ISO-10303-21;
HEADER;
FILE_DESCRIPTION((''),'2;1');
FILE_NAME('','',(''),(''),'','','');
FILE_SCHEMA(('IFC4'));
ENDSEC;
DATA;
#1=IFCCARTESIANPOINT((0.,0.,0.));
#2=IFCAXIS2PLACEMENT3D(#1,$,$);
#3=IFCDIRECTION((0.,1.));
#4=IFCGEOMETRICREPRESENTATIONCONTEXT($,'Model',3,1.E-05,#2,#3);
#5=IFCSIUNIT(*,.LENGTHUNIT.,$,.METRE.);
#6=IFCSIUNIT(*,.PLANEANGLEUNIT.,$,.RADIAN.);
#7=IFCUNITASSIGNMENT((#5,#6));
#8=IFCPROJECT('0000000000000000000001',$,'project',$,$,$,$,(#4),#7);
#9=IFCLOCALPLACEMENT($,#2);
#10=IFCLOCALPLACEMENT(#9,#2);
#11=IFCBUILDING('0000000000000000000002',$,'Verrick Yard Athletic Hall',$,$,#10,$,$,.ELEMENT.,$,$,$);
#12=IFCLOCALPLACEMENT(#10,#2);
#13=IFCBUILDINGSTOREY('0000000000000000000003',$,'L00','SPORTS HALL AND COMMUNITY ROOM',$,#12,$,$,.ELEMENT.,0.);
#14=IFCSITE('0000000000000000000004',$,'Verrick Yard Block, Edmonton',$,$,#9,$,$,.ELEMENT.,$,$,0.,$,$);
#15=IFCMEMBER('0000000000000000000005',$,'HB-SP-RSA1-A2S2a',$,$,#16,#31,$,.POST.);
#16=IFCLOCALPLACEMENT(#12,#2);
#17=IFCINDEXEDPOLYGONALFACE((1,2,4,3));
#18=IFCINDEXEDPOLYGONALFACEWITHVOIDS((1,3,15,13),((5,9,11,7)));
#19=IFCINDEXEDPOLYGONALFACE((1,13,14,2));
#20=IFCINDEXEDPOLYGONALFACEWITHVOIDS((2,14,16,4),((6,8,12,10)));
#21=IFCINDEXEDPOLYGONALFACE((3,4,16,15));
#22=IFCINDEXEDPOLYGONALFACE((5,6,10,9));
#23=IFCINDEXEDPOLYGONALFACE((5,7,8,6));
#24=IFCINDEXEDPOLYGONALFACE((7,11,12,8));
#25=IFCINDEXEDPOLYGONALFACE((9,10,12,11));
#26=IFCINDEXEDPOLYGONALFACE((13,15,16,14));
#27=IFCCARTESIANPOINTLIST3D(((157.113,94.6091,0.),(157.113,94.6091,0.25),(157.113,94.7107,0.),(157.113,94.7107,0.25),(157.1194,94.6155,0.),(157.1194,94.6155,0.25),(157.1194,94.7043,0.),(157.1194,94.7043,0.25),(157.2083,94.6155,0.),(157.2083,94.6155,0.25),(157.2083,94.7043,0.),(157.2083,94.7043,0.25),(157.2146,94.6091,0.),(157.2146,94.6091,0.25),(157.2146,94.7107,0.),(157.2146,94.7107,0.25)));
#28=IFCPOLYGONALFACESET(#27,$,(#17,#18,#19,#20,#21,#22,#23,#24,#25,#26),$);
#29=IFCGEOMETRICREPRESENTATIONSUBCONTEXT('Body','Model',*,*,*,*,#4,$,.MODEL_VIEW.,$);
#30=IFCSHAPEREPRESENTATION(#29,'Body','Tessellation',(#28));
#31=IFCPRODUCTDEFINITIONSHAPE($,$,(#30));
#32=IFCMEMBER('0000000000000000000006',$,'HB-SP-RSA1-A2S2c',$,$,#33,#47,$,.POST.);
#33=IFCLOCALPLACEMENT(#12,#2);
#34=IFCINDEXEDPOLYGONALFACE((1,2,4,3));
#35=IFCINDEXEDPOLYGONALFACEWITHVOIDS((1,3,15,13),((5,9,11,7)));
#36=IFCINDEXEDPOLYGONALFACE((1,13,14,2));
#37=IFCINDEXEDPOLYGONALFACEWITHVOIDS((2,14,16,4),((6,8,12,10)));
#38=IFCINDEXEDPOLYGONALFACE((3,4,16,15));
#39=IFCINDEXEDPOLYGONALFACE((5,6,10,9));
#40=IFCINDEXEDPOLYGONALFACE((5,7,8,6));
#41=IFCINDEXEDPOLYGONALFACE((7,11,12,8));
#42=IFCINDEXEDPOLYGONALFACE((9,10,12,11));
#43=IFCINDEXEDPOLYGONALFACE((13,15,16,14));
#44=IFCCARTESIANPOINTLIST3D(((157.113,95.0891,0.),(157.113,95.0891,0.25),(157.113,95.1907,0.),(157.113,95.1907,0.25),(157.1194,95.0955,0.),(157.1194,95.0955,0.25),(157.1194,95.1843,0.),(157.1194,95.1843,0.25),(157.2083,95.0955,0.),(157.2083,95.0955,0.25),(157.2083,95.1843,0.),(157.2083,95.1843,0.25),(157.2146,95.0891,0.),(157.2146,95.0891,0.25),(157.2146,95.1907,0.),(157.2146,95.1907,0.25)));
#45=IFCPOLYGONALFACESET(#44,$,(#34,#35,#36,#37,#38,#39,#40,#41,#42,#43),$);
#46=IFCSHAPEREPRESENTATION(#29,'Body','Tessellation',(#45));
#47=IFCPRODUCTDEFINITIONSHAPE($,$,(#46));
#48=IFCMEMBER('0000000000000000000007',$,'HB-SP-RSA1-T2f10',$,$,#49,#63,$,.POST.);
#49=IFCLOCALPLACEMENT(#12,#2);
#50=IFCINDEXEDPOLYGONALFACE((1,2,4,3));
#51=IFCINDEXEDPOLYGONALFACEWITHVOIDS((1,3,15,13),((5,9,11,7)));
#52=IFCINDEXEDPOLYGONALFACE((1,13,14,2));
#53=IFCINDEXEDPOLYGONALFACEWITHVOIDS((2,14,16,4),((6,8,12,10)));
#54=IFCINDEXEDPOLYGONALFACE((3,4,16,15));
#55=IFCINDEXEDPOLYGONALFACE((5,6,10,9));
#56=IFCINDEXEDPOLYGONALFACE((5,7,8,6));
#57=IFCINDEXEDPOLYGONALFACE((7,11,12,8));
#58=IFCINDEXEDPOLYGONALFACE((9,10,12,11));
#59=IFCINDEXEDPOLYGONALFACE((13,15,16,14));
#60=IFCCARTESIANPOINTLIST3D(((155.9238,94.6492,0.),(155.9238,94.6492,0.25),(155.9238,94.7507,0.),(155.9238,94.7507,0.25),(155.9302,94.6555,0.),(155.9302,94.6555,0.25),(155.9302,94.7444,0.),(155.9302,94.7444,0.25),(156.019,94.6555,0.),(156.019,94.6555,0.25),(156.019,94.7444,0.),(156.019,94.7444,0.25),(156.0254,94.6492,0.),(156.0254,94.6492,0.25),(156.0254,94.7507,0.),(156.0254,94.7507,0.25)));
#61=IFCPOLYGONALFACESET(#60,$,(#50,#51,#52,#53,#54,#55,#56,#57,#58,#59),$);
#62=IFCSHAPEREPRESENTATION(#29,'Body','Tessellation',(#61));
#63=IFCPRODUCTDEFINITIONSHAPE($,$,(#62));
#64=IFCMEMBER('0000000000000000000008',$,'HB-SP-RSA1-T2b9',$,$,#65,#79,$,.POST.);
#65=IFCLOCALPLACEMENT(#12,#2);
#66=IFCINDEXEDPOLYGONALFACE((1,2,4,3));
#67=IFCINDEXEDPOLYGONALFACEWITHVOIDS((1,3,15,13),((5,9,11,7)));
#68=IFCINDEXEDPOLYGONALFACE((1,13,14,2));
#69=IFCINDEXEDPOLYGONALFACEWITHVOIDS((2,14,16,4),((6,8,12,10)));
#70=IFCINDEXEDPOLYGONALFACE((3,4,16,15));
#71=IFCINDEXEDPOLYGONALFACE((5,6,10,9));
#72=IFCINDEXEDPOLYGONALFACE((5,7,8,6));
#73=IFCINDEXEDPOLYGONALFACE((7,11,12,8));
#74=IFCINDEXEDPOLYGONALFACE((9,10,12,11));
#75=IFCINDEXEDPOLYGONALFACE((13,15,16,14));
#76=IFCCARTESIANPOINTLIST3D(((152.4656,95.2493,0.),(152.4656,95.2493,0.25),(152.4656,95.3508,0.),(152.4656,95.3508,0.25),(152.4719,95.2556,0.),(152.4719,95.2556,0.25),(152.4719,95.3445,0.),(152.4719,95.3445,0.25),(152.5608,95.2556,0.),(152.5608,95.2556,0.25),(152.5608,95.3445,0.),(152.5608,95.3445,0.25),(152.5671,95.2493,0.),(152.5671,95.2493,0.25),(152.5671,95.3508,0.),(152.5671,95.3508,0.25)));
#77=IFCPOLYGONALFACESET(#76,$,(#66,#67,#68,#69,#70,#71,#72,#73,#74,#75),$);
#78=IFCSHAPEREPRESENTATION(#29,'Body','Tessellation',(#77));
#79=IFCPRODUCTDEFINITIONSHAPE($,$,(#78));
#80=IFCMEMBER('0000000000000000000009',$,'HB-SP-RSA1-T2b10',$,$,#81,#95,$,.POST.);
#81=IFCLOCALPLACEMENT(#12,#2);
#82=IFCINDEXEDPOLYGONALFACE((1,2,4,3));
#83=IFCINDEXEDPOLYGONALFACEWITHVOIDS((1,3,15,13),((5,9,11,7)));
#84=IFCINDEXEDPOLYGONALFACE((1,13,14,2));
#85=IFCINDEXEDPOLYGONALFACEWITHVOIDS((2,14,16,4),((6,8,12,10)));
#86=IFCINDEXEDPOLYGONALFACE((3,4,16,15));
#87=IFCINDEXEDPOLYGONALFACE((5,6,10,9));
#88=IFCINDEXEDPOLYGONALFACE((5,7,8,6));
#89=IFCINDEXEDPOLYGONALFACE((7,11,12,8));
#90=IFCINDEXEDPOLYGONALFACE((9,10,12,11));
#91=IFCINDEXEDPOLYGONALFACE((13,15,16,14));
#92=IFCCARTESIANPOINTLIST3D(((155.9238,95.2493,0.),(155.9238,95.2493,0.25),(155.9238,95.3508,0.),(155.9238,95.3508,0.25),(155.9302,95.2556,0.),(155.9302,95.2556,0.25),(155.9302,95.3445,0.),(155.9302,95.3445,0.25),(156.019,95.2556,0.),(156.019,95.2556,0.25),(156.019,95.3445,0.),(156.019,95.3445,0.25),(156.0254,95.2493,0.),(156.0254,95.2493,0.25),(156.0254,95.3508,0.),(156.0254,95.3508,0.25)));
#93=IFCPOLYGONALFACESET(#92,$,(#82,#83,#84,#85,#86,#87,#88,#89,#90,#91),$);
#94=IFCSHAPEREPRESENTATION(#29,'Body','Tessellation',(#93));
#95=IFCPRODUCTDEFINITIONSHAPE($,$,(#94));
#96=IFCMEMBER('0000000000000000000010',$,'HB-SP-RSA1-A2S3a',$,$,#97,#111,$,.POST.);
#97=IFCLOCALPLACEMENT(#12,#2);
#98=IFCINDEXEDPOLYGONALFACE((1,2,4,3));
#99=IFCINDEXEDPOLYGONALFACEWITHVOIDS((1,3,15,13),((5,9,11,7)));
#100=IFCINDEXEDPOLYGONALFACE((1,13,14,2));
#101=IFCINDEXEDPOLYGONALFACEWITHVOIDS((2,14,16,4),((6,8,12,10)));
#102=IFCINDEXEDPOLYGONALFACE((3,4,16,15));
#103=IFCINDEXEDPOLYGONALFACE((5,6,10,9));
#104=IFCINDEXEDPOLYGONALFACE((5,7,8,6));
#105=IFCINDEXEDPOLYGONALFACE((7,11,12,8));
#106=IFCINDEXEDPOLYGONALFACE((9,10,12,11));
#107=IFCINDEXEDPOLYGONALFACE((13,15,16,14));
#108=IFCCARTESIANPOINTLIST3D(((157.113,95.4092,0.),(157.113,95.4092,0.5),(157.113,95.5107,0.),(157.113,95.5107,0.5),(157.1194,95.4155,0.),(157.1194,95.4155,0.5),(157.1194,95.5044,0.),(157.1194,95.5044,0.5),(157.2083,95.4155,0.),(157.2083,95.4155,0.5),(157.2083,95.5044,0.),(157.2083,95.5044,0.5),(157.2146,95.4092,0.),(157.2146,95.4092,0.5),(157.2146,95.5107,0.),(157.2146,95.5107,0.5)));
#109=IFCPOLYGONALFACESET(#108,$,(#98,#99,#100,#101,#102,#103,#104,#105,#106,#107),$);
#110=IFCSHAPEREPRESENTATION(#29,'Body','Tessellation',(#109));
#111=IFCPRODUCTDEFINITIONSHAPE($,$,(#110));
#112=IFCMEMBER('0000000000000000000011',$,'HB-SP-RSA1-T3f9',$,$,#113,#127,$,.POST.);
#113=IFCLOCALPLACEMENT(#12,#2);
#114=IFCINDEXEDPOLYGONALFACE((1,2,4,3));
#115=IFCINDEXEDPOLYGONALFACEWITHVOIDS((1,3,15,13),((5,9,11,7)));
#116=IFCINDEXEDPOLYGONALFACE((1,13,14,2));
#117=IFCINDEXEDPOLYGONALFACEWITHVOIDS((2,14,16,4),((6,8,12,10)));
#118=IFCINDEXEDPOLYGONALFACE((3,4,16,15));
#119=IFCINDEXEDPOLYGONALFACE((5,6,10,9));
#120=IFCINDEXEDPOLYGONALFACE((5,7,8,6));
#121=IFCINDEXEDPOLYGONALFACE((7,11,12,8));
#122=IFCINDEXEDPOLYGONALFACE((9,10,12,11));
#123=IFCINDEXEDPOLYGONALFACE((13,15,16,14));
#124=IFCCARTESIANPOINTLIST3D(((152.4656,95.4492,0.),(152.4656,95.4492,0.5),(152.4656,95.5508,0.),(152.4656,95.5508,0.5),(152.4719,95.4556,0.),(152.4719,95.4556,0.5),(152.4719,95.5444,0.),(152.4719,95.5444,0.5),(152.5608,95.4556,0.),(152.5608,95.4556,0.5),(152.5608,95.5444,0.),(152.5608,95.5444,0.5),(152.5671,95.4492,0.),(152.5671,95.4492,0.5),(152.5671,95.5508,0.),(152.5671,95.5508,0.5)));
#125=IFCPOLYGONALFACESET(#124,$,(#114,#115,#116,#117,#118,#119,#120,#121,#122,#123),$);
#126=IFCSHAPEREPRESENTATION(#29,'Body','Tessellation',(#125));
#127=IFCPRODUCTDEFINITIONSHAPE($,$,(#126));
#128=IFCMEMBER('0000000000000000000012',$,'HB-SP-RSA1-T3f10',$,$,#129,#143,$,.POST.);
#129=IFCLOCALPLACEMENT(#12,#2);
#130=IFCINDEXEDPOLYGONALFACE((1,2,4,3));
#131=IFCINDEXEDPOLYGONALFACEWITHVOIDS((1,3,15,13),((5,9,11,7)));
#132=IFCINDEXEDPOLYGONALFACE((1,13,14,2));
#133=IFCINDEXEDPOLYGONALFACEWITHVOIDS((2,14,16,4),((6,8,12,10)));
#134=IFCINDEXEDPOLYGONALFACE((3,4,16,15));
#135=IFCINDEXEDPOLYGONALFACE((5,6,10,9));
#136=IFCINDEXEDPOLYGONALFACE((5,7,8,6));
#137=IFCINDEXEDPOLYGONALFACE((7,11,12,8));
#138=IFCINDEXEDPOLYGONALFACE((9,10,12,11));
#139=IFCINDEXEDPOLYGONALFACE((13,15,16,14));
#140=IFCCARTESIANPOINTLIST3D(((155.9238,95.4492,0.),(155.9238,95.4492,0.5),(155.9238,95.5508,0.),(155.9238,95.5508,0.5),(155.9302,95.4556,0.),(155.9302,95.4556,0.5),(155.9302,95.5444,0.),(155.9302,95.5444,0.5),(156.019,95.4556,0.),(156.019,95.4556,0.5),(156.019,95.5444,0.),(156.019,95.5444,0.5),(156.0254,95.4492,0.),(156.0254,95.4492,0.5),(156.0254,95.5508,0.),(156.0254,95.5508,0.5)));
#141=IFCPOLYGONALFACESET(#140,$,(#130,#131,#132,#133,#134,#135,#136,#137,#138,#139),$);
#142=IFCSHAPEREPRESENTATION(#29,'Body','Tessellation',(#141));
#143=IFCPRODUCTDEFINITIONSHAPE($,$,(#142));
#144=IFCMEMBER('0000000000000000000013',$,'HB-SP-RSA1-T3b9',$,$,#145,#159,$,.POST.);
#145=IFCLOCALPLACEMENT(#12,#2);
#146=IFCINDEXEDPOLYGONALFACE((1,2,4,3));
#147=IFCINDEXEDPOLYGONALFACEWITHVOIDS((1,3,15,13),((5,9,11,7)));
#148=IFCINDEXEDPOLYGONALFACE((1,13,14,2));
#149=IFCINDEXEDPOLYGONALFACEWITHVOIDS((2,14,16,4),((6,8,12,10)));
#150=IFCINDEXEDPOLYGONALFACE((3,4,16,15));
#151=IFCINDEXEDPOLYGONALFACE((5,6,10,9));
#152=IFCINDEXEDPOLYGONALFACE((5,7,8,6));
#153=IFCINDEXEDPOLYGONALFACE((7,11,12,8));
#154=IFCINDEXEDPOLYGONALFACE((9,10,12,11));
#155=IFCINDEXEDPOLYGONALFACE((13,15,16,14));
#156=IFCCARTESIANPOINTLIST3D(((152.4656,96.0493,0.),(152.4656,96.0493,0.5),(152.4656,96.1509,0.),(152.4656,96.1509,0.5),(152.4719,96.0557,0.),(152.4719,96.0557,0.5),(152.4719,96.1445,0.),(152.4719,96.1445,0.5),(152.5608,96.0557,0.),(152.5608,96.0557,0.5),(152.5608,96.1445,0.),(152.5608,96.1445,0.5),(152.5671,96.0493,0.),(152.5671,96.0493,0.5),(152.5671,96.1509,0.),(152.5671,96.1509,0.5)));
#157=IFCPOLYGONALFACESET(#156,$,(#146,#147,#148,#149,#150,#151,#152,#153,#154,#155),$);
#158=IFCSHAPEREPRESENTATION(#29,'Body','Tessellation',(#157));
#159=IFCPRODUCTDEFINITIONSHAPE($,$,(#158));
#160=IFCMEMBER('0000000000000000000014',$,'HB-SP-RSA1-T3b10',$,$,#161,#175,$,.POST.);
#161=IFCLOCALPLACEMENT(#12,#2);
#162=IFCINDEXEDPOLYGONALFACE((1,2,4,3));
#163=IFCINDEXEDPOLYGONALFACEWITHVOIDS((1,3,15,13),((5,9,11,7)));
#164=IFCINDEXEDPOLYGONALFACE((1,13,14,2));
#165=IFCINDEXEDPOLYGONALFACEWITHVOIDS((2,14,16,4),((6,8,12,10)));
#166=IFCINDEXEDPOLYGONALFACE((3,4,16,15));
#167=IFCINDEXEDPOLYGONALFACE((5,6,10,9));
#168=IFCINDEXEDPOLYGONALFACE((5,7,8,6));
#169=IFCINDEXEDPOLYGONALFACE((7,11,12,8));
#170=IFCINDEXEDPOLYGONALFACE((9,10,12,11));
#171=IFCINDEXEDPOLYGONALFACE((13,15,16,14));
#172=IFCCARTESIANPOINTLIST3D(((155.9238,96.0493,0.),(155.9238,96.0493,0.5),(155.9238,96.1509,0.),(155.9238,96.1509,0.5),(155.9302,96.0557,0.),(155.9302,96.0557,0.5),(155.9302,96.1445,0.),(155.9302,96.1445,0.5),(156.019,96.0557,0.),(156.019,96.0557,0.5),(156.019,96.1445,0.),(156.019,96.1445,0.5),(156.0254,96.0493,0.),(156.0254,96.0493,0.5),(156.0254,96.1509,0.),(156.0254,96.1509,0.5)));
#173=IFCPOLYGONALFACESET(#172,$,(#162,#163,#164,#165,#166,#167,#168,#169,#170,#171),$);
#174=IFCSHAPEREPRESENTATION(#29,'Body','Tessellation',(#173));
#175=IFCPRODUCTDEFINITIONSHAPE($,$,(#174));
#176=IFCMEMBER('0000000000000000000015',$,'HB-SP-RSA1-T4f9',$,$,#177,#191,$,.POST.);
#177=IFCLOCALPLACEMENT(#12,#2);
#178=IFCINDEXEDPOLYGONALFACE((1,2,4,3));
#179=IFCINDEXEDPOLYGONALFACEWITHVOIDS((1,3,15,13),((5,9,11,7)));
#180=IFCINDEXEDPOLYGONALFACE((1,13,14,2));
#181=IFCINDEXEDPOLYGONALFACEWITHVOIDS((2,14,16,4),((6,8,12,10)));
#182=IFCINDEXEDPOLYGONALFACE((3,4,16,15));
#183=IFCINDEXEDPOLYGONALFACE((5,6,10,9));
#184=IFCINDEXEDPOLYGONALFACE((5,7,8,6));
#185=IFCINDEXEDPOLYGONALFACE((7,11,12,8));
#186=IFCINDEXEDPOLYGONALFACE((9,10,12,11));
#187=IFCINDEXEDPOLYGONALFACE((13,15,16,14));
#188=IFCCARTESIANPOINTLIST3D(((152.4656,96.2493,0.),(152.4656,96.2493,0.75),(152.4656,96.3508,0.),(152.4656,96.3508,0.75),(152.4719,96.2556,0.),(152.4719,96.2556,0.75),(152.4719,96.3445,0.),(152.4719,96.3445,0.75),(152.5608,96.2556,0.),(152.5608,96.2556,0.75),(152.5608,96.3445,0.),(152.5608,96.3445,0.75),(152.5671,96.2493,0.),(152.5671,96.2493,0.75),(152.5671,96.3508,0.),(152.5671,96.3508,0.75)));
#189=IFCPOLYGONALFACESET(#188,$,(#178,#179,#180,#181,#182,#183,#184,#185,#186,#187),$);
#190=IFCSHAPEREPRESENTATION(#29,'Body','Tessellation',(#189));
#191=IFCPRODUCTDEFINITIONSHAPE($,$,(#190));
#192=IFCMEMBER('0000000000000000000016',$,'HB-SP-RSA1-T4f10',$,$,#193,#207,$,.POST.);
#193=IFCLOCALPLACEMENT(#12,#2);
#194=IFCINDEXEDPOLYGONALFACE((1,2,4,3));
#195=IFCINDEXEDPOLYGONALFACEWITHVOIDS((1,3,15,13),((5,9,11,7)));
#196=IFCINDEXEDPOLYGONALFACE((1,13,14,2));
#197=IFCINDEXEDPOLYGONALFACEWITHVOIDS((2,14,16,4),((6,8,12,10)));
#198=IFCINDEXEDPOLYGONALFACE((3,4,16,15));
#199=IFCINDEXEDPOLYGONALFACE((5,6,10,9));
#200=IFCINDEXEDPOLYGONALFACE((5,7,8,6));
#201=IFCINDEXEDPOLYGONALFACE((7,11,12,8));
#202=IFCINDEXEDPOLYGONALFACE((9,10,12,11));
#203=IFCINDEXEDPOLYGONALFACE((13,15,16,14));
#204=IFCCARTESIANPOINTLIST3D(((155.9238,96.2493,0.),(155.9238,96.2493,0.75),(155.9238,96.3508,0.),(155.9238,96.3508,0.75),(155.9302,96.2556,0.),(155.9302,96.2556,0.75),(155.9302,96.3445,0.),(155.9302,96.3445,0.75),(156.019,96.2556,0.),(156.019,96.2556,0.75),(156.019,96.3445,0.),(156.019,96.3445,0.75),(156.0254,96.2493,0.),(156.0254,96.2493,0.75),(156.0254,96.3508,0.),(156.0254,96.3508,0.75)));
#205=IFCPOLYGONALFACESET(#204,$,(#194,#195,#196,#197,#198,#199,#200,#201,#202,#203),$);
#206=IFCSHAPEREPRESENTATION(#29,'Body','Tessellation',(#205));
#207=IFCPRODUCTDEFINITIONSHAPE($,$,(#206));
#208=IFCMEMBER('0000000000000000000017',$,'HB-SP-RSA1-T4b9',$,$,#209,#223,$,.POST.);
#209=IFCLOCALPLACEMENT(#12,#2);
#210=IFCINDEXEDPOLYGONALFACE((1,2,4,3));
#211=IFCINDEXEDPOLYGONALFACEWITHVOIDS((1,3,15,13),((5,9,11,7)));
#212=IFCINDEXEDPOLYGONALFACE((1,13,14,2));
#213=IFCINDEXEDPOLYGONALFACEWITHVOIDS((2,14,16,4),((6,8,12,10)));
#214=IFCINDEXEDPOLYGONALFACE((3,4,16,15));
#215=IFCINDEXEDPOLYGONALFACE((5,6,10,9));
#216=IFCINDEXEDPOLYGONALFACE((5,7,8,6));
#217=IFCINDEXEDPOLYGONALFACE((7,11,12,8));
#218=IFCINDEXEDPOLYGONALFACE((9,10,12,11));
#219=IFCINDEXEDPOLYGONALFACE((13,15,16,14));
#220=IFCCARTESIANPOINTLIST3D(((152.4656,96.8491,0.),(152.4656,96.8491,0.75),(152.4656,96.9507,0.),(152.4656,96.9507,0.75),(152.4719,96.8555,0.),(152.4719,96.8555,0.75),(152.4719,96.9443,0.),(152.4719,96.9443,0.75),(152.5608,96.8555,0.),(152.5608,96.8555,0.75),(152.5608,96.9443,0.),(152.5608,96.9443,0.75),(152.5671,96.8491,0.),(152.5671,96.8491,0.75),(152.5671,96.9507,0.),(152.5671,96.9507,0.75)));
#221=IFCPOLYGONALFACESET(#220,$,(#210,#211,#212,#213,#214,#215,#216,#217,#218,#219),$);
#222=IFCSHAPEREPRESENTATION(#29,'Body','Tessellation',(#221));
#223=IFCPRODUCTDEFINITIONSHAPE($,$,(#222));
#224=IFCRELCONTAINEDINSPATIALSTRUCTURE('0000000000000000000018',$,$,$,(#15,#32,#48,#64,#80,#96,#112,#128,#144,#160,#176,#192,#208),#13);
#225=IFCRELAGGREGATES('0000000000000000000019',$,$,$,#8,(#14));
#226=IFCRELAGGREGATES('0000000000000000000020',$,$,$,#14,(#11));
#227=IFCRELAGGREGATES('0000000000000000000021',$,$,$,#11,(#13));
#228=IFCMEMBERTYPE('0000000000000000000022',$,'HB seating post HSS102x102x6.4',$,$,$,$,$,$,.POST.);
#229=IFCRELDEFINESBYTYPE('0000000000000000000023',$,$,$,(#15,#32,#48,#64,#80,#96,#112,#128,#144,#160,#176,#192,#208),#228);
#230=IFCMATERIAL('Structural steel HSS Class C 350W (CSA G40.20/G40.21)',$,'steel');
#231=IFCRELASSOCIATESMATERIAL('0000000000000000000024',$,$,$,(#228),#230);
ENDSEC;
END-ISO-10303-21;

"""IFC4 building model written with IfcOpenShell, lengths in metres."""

from ifc_helpers import new_model, si_unit, direction, frame, origin, origin_2d, place, context, subcontext, project, spatial, hollow_rectangle, extrude, material, material_profile, profile_set, type_object, element, save


model = new_model("IFC4")

# Units and contexts
model_context = context("Model", 3, precision=1e-05, world=origin(), true_north=direction((0.0, 1.0)))
body_context = subcontext(model_context, "Body", "Model", "MODEL_VIEW")
ifc_project = project(units=[si_unit("LENGTHUNIT", "METRE"), si_unit("PLANEANGLEUNIT", "RADIAN")], contexts=[model_context])

# Site, building, storey
site_placement = place(None, origin())
site = spatial("IfcSite", under=ifc_project, at=site_placement, Name="Verrick Yard Block, Edmonton", CompositionType="ELEMENT", RefElevation=0.0)
building_placement = place(site_placement, origin())
building = spatial("IfcBuilding", under=site, at=building_placement, Name="Verrick Yard Athletic Hall", CompositionType="ELEMENT")
storey_placement = place(building_placement, origin())
storey = spatial("IfcBuildingStorey", under=building, at=storey_placement, Name="L00", Description="SPORTS HALL AND COMMUNITY ROOM", CompositionType="ELEMENT", Elevation=0.0)

# Members
ifc_material = material(Name="Structural steel HSS Class C 350W (CSA G40.20/G40.21)", Category="steel")
ifc_material_profile = material_profile(ifc_material, hollow_rectangle(XDim=0.1016, YDim=0.1016, WallThickness=0.0063, at=origin_2d()), Name="HSS102x102x6.4")
ifc_profile_set = profile_set([ifc_material_profile], Name="Structural steel HSS Class C 350W (CSA G40.20/G40.21)")
member_type = type_object("IfcMemberType", Name="HB seating post HSS102x102x6.4", PredefinedType="POST", material=ifc_profile_set)
for number, where, z_axis, x_axis, name in (
    (1, (157.1638, 94.6599, 0.0), (0.0, 0.0, 1.0), (0.0, 1.0, 0.0), "HB-SP-RSA1-A2S2a"),
    (2, (157.1638, 95.1399, 0.0), (0.0, 0.0, 1.0), (0.0, 1.0, 0.0), "HB-SP-RSA1-A2S2c"),
    (3, (155.9746, 94.7, 0.0), (0.0, 0.0, 1.0), (0.0, 1.0, 0.0), "HB-SP-RSA1-T2f10"),
    (4, (152.5164, 95.3, 0.0), (0.0, 0.0, 1.0), (0.0, 1.0, 0.0), "HB-SP-RSA1-T2b9"),
    (5, (155.9746, 95.3, 0.0), (0.0, 0.0, 1.0), (0.0, 1.0, 0.0), "HB-SP-RSA1-T2b10"),
):
    element("IfcMember", number, at=place(storey_placement, frame(where, z_axis=z_axis, x_axis=x_axis)), inside=storey, type_object=member_type, Name=name, PredefinedType="POST", context=body_context, shape_type="SweptSolid", body=[
        extrude(hollow_rectangle(XDim=0.1016, YDim=0.1016, WallThickness=0.0063, at=origin_2d()), origin(), (0.0, 0.0, 1.0), 0.25),
    ])
for number, where, z_axis, x_axis, name in (
    (6, (157.1638, 95.46, 0.0), (0.0, 0.0, 1.0), (0.0, 1.0, 0.0), "HB-SP-RSA1-A2S3a"),
    (7, (152.5164, 95.5, 0.0), (0.0, 0.0, 1.0), (0.0, 1.0, 0.0), "HB-SP-RSA1-T3f9"),
    (8, (155.9746, 95.5, 0.0), (0.0, 0.0, 1.0), (0.0, 1.0, 0.0), "HB-SP-RSA1-T3f10"),
    (9, (152.5164, 96.1001, 0.0), (0.0, 0.0, 1.0), (0.0, 1.0, 0.0), "HB-SP-RSA1-T3b9"),
    (10, (155.9746, 96.1001, 0.0), (0.0, 0.0, 1.0), (0.0, 1.0, 0.0), "HB-SP-RSA1-T3b10"),
):
    element("IfcMember", number, at=place(storey_placement, frame(where, z_axis=z_axis, x_axis=x_axis)), inside=storey, type_object=member_type, Name=name, PredefinedType="POST", context=body_context, shape_type="SweptSolid", body=[
        extrude(hollow_rectangle(XDim=0.1016, YDim=0.1016, WallThickness=0.0063, at=origin_2d()), origin(), (0.0, 0.0, 1.0), 0.5),
    ])
for number, where, z_axis, x_axis, name in (
    (11, (152.5164, 96.3, 0.0), (0.0, 0.0, 1.0), (0.0, 1.0, 0.0), "HB-SP-RSA1-T4f9"),
    (12, (155.9746, 96.3, 0.0), (0.0, 0.0, 1.0), (0.0, 1.0, 0.0), "HB-SP-RSA1-T4f10"),
    (13, (152.5164, 96.8999, 0.0), (0.0, 0.0, 1.0), (0.0, 1.0, 0.0), "HB-SP-RSA1-T4b9"),
):
    element("IfcMember", number, at=place(storey_placement, frame(where, z_axis=z_axis, x_axis=x_axis)), inside=storey, type_object=member_type, Name=name, PredefinedType="POST", context=body_context, shape_type="SweptSolid", body=[
        extrude(hollow_rectangle(XDim=0.1016, YDim=0.1016, WallThickness=0.0063, at=origin_2d()), origin(), (0.0, 0.0, 1.0), 0.75),
    ])

save(model, "model.ifc")
